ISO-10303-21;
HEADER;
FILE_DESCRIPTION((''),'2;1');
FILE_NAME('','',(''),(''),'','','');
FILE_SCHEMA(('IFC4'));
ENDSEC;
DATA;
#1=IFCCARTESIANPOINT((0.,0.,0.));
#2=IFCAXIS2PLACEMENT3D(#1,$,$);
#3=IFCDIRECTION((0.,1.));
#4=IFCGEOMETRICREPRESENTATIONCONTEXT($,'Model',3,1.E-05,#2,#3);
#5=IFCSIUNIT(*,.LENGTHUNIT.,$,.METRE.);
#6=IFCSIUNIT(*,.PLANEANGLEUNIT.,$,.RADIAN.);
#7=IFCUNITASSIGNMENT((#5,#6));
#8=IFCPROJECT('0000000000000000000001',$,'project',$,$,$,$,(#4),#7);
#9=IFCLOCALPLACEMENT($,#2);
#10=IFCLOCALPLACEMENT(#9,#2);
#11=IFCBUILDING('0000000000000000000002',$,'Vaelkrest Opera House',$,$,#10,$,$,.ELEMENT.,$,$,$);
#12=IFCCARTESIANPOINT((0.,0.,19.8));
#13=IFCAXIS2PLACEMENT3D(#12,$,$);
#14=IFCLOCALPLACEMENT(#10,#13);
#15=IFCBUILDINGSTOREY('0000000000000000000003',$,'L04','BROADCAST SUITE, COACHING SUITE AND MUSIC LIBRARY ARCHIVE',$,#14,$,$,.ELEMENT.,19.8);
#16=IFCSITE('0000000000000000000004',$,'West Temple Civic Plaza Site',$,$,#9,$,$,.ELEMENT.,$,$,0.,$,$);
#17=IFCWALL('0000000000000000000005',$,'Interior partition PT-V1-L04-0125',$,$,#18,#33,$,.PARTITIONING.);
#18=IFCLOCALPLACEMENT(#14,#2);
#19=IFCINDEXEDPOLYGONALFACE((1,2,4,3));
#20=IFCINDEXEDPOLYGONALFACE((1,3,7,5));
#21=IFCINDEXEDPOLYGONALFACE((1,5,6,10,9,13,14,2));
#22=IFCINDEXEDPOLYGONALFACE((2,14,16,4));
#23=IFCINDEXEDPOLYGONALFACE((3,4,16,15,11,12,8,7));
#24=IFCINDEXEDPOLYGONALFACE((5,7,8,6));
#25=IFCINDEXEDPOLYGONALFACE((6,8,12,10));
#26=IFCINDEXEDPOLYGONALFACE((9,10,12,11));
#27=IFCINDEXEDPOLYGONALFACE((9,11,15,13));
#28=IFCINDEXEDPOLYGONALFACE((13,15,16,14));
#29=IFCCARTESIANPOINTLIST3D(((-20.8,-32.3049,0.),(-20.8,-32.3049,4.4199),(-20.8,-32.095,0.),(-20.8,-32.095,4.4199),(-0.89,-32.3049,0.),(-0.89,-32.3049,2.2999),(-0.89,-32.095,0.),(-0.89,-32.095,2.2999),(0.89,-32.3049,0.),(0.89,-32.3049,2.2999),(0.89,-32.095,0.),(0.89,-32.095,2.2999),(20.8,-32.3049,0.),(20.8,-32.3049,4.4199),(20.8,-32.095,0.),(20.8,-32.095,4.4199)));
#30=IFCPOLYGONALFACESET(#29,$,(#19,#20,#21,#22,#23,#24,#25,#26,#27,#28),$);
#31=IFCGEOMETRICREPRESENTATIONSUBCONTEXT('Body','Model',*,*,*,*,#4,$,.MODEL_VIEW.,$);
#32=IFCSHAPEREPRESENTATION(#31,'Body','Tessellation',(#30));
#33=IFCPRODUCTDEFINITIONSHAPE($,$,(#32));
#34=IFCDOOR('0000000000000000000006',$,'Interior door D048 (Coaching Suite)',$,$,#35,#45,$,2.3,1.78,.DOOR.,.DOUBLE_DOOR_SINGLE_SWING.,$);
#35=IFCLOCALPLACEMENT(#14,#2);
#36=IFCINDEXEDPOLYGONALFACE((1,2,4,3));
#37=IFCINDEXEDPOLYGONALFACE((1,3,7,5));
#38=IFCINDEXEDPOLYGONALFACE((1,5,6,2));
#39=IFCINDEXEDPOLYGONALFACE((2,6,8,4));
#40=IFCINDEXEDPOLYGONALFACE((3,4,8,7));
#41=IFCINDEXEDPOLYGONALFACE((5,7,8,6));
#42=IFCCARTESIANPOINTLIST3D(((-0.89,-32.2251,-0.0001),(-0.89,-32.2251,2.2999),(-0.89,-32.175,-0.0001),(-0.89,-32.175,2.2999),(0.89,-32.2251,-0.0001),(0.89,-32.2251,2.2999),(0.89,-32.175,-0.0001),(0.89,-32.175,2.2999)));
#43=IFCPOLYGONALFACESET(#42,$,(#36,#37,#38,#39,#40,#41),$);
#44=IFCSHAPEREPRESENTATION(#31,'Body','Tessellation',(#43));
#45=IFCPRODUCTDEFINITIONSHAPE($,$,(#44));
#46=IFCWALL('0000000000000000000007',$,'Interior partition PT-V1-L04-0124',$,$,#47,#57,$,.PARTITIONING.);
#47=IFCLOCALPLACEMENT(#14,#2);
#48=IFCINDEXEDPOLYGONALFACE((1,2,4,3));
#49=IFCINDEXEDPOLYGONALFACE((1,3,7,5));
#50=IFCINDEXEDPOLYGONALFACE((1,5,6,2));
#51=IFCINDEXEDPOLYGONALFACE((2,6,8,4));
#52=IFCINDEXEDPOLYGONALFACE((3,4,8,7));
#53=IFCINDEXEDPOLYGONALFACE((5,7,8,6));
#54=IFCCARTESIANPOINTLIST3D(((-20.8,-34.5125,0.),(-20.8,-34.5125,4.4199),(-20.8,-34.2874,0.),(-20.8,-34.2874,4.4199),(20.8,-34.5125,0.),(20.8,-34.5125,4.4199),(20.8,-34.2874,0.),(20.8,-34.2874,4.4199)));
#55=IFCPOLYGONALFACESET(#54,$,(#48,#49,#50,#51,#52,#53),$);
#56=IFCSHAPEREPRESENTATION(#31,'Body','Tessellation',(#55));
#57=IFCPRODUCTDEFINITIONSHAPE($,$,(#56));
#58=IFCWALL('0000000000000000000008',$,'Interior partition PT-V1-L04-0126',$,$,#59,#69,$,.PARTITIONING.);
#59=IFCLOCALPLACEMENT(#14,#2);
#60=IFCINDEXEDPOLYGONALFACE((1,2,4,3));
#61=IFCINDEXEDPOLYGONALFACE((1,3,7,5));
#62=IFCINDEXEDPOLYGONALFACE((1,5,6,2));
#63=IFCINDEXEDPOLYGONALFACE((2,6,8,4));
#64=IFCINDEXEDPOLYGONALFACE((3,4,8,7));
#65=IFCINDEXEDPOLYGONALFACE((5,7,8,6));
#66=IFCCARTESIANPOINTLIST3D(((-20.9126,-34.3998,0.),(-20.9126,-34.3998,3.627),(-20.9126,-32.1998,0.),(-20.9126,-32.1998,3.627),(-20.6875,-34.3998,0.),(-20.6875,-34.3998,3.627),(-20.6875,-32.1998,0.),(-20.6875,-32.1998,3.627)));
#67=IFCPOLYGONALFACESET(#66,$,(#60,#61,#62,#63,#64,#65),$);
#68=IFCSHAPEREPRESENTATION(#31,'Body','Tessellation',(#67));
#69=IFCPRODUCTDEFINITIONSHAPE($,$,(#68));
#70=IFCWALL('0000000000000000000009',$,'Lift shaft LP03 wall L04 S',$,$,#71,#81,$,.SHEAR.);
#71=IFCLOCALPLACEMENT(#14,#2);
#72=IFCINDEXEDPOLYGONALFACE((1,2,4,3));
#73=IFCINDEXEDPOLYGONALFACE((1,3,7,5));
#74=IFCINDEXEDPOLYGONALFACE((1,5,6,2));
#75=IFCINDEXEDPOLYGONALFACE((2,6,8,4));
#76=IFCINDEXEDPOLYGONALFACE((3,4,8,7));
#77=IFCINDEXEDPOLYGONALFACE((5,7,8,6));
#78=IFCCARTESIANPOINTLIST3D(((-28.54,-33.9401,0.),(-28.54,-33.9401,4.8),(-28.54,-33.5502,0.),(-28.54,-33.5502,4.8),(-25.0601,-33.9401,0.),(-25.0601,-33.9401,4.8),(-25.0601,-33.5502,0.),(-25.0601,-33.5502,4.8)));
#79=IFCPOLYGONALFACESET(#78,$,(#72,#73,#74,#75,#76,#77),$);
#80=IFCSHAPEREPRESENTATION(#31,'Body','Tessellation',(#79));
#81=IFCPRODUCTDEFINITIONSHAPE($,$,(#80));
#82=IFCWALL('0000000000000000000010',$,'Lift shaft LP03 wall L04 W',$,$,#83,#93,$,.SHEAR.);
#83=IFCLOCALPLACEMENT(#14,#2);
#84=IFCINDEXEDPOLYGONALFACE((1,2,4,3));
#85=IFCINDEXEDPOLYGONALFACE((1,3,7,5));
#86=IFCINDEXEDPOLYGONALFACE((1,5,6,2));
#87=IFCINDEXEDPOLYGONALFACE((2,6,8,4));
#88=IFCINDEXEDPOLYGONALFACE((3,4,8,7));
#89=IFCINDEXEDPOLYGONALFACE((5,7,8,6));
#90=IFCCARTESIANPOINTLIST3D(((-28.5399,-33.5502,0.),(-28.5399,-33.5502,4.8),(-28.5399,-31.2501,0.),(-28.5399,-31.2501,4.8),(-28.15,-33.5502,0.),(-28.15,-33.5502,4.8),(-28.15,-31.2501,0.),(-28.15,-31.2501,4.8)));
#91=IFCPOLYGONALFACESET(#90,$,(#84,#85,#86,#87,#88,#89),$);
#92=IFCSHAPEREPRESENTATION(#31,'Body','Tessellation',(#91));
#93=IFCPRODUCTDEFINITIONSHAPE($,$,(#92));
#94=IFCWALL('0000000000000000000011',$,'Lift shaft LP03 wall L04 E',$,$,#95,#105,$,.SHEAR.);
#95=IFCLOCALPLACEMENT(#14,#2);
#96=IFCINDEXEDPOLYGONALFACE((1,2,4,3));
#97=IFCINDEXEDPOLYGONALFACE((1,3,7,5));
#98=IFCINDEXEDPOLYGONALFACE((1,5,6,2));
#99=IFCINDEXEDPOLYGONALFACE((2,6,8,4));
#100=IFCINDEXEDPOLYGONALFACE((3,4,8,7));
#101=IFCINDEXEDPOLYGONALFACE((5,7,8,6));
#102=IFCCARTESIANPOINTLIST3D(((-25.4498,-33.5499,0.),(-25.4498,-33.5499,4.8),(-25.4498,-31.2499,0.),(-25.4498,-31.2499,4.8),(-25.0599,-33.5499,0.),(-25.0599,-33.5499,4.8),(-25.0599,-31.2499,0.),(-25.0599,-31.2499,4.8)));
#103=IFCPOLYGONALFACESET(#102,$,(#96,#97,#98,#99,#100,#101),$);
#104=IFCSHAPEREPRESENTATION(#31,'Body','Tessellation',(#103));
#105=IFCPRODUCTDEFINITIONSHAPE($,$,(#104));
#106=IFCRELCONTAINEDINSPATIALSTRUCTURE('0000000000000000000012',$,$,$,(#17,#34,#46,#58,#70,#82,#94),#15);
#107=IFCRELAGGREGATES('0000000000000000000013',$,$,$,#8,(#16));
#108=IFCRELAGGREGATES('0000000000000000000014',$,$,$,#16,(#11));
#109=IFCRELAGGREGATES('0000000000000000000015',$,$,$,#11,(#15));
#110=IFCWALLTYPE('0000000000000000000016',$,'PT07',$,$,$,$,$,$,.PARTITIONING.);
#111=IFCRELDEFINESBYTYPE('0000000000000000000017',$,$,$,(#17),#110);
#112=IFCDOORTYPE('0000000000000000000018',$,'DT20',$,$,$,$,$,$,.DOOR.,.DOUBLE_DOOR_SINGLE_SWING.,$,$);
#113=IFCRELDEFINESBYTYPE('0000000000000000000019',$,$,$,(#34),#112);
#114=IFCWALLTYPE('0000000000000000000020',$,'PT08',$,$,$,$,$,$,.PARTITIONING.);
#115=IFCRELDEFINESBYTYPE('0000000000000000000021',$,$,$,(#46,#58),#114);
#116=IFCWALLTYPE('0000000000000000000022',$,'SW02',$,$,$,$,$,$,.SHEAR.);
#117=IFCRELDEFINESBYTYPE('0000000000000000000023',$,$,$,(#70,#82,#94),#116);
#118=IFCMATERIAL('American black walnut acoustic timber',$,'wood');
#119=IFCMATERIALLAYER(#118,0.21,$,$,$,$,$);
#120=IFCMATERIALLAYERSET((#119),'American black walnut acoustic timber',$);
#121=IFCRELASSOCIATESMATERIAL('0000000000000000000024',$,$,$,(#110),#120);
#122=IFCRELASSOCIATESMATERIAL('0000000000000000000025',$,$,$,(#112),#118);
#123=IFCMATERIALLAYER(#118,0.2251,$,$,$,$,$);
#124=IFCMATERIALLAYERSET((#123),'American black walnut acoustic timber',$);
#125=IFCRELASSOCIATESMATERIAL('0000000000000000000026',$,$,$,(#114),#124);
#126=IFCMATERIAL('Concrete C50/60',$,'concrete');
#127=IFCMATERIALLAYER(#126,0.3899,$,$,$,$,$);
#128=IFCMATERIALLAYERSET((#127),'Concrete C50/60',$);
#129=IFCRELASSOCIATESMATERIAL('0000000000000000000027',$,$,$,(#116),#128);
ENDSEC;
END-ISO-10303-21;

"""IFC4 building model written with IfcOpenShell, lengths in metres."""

from ifc_helpers import new_model, si_unit, direction, frame, frame_2d, origin, place, context, subcontext, project, spatial, rectangle, extrude, material, layer, layer_set, type_object, element, fill, save


model = new_model("IFC4")

# Units and contexts
model_context = context("Model", 3, precision=1e-05, world=origin(), true_north=direction((0.0, 1.0)))
body_context = subcontext(model_context, "Body", "Model", "MODEL_VIEW")
ifc_project = project(units=[si_unit("LENGTHUNIT", "METRE"), si_unit("PLANEANGLEUNIT", "RADIAN")], contexts=[model_context])

# Site, building, storey
site_placement = place(None, origin())
site = spatial("IfcSite", under=ifc_project, at=site_placement, Name="West Temple Civic Plaza Site", CompositionType="ELEMENT", RefElevation=0.0)
building_placement = place(site_placement, origin())
building = spatial("IfcBuilding", under=site, at=building_placement, Name="Vaelkrest Opera House", CompositionType="ELEMENT")
storey_placement = place(building_placement, frame((0.0, 0.0, 19.8)))
storey = spatial("IfcBuildingStorey", under=building, at=storey_placement, Name="L04", Description="BROADCAST SUITE, COACHING SUITE AND MUSIC LIBRARY ARCHIVE", CompositionType="ELEMENT", Elevation=19.8)

# Shared definitions
ifc_material_1 = material(Name="Concrete C50/60", Category="concrete")

# Wall, opening, door
ifc_material_2 = material(Name="American black walnut acoustic timber", Category="wood")
ifc_layer_1 = layer(ifc_material_2, 0.21)
ifc_layer_set_1 = layer_set([ifc_layer_1], Name="American black walnut acoustic timber")
wall_type_1 = type_object("IfcWallType", Name="PT07", PredefinedType="PARTITIONING", material=ifc_layer_set_1)
wall_1_placement = place(storey_placement, frame((-20.8, -32.2, 0.0), z_axis=(0.0, 0.0, 1.0), x_axis=(1.0, 0.0, 0.0)))
wall_1 = element("IfcWall", 1, at=wall_1_placement, inside=storey, type_object=wall_type_1, Name="Interior partition PT-V1-L04-0125", PredefinedType="PARTITIONING", context=body_context, shape_type="SweptSolid", body=[
    extrude(rectangle(XDim=41.6001, YDim=0.21, at=frame_2d((20.8, 0.0))), origin(), (0.0, 0.0, 1.0), 4.4199),
])
opening_1_placement = place(wall_1_placement, frame((19.9099, 0.0, 0.0)))
opening_1 = element("IfcOpeningElement", 2, at=opening_1_placement, cuts=wall_1, PredefinedType="OPENING", context=body_context, shape_type="SweptSolid", body=[
    extrude(rectangle(XDim=1.78, YDim=2.3, at=frame_2d((0.8901, 1.1499))), frame((0.0, 0.115, 0.0), z_axis=(0.0, -1.0, 0.0), x_axis=(1.0, 0.0, 0.0)), (0.0, 0.0, 1.0), 0.23),
])
door_type_1 = type_object("IfcDoorType", Name="DT20", OperationType="DOUBLE_DOOR_SINGLE_SWING", PredefinedType="DOOR", material=ifc_material_2)
door_1_placement = place(opening_1_placement, origin())
door_1 = element("IfcDoor", 3, at=door_1_placement, inside=storey, type_object=door_type_1, Name="Interior door D048 (Coaching Suite)", OperationType="DOUBLE_DOOR_SINGLE_SWING", OverallHeight=2.3, OverallWidth=1.78, PredefinedType="DOOR", context=body_context, shape_type="SweptSolid", body=[
    extrude(rectangle(XDim=1.78, YDim=2.3, at=frame_2d((0.8901, 1.1499))), frame((0.0, 0.0249, 0.0), z_axis=(0.0, -1.0, 0.0), x_axis=(1.0, 0.0, 0.0)), (0.0, 0.0, 1.0), 0.05),
])
fill(opening_1, door_1)

# Walls
ifc_layer_2 = layer(ifc_material_2, 0.2251)
ifc_layer_set_2 = layer_set([ifc_layer_2], Name="American black walnut acoustic timber")
wall_type_2 = type_object("IfcWallType", Name="PT08", PredefinedType="PARTITIONING", material=ifc_layer_set_2)
wall_2_placement = place(storey_placement, frame((-20.8, -34.3999, 0.0), z_axis=(0.0, 0.0, 1.0), x_axis=(1.0, 0.0, 0.0)))
element("IfcWall", 4, at=wall_2_placement, inside=storey, type_object=wall_type_2, Name="Interior partition PT-V1-L04-0124", PredefinedType="PARTITIONING", context=body_context, shape_type="SweptSolid", body=[
    extrude(rectangle(XDim=41.6001, YDim=0.2251, at=frame_2d((20.8, 0.0))), origin(), (0.0, 0.0, 1.0), 4.4199),
])
wall_3_placement = place(storey_placement, frame((-20.8, -34.3999, 0.0), z_axis=(0.0, 0.0, 1.0), x_axis=(0.0, 1.0, 0.0)))
element("IfcWall", 5, at=wall_3_placement, inside=storey, type_object=wall_type_2, Name="Interior partition PT-V1-L04-0126", PredefinedType="PARTITIONING", context=body_context, shape_type="SweptSolid", body=[
    extrude(rectangle(XDim=2.2, YDim=0.2251, at=frame_2d((1.1001, 0.0))), origin(), (0.0, 0.0, 1.0), 3.627),
])

# Wall
ifc_layer_3 = layer(ifc_material_1, 0.3899)
ifc_layer_set_3 = layer_set([ifc_layer_3], Name="Concrete C50/60")
wall_type_3 = type_object("IfcWallType", Name="SW02", PredefinedType="SHEAR", material=ifc_layer_set_3)
wall_4_placement = place(storey_placement, frame((-25.0601, -33.7451, 0.0), z_axis=(0.0, 0.0, 1.0), x_axis=(-1.0, 0.0, 0.0)))
element("IfcWall", 6, at=wall_4_placement, inside=storey, type_object=wall_type_3, Name="Lift shaft LP03 wall L04 S", PredefinedType="SHEAR", context=body_context, shape_type="SweptSolid", body=[
    extrude(rectangle(XDim=3.48, YDim=0.3899, at=frame_2d((1.74, 0.0))), origin(), (0.0, 0.0, 1.0), 4.8),
])

# Walls
for number, where, z_axis, x_axis, name in (
    (7, (-28.345, -33.55, 0.0), (0.0, 0.0, 1.0), (0.0, 1.0, 0.0), "Lift shaft LP03 wall L04 W"),
    (8, (-25.2549, -31.25, 0.0), (0.0, 0.0, 1.0), (0.0, -1.0, 0.0), "Lift shaft LP03 wall L04 E"),
):
    element("IfcWall", number, at=place(storey_placement, frame(where, z_axis=z_axis, x_axis=x_axis)), inside=storey, type_object=wall_type_3, Name=name, PredefinedType="SHEAR", context=body_context, shape_type="SweptSolid", body=[
        extrude(rectangle(XDim=2.3, YDim=0.3899, at=frame_2d((1.1499, 0.0))), origin(), (0.0, 0.0, 1.0), 4.8),
    ])

save(model, "model.ifc")
